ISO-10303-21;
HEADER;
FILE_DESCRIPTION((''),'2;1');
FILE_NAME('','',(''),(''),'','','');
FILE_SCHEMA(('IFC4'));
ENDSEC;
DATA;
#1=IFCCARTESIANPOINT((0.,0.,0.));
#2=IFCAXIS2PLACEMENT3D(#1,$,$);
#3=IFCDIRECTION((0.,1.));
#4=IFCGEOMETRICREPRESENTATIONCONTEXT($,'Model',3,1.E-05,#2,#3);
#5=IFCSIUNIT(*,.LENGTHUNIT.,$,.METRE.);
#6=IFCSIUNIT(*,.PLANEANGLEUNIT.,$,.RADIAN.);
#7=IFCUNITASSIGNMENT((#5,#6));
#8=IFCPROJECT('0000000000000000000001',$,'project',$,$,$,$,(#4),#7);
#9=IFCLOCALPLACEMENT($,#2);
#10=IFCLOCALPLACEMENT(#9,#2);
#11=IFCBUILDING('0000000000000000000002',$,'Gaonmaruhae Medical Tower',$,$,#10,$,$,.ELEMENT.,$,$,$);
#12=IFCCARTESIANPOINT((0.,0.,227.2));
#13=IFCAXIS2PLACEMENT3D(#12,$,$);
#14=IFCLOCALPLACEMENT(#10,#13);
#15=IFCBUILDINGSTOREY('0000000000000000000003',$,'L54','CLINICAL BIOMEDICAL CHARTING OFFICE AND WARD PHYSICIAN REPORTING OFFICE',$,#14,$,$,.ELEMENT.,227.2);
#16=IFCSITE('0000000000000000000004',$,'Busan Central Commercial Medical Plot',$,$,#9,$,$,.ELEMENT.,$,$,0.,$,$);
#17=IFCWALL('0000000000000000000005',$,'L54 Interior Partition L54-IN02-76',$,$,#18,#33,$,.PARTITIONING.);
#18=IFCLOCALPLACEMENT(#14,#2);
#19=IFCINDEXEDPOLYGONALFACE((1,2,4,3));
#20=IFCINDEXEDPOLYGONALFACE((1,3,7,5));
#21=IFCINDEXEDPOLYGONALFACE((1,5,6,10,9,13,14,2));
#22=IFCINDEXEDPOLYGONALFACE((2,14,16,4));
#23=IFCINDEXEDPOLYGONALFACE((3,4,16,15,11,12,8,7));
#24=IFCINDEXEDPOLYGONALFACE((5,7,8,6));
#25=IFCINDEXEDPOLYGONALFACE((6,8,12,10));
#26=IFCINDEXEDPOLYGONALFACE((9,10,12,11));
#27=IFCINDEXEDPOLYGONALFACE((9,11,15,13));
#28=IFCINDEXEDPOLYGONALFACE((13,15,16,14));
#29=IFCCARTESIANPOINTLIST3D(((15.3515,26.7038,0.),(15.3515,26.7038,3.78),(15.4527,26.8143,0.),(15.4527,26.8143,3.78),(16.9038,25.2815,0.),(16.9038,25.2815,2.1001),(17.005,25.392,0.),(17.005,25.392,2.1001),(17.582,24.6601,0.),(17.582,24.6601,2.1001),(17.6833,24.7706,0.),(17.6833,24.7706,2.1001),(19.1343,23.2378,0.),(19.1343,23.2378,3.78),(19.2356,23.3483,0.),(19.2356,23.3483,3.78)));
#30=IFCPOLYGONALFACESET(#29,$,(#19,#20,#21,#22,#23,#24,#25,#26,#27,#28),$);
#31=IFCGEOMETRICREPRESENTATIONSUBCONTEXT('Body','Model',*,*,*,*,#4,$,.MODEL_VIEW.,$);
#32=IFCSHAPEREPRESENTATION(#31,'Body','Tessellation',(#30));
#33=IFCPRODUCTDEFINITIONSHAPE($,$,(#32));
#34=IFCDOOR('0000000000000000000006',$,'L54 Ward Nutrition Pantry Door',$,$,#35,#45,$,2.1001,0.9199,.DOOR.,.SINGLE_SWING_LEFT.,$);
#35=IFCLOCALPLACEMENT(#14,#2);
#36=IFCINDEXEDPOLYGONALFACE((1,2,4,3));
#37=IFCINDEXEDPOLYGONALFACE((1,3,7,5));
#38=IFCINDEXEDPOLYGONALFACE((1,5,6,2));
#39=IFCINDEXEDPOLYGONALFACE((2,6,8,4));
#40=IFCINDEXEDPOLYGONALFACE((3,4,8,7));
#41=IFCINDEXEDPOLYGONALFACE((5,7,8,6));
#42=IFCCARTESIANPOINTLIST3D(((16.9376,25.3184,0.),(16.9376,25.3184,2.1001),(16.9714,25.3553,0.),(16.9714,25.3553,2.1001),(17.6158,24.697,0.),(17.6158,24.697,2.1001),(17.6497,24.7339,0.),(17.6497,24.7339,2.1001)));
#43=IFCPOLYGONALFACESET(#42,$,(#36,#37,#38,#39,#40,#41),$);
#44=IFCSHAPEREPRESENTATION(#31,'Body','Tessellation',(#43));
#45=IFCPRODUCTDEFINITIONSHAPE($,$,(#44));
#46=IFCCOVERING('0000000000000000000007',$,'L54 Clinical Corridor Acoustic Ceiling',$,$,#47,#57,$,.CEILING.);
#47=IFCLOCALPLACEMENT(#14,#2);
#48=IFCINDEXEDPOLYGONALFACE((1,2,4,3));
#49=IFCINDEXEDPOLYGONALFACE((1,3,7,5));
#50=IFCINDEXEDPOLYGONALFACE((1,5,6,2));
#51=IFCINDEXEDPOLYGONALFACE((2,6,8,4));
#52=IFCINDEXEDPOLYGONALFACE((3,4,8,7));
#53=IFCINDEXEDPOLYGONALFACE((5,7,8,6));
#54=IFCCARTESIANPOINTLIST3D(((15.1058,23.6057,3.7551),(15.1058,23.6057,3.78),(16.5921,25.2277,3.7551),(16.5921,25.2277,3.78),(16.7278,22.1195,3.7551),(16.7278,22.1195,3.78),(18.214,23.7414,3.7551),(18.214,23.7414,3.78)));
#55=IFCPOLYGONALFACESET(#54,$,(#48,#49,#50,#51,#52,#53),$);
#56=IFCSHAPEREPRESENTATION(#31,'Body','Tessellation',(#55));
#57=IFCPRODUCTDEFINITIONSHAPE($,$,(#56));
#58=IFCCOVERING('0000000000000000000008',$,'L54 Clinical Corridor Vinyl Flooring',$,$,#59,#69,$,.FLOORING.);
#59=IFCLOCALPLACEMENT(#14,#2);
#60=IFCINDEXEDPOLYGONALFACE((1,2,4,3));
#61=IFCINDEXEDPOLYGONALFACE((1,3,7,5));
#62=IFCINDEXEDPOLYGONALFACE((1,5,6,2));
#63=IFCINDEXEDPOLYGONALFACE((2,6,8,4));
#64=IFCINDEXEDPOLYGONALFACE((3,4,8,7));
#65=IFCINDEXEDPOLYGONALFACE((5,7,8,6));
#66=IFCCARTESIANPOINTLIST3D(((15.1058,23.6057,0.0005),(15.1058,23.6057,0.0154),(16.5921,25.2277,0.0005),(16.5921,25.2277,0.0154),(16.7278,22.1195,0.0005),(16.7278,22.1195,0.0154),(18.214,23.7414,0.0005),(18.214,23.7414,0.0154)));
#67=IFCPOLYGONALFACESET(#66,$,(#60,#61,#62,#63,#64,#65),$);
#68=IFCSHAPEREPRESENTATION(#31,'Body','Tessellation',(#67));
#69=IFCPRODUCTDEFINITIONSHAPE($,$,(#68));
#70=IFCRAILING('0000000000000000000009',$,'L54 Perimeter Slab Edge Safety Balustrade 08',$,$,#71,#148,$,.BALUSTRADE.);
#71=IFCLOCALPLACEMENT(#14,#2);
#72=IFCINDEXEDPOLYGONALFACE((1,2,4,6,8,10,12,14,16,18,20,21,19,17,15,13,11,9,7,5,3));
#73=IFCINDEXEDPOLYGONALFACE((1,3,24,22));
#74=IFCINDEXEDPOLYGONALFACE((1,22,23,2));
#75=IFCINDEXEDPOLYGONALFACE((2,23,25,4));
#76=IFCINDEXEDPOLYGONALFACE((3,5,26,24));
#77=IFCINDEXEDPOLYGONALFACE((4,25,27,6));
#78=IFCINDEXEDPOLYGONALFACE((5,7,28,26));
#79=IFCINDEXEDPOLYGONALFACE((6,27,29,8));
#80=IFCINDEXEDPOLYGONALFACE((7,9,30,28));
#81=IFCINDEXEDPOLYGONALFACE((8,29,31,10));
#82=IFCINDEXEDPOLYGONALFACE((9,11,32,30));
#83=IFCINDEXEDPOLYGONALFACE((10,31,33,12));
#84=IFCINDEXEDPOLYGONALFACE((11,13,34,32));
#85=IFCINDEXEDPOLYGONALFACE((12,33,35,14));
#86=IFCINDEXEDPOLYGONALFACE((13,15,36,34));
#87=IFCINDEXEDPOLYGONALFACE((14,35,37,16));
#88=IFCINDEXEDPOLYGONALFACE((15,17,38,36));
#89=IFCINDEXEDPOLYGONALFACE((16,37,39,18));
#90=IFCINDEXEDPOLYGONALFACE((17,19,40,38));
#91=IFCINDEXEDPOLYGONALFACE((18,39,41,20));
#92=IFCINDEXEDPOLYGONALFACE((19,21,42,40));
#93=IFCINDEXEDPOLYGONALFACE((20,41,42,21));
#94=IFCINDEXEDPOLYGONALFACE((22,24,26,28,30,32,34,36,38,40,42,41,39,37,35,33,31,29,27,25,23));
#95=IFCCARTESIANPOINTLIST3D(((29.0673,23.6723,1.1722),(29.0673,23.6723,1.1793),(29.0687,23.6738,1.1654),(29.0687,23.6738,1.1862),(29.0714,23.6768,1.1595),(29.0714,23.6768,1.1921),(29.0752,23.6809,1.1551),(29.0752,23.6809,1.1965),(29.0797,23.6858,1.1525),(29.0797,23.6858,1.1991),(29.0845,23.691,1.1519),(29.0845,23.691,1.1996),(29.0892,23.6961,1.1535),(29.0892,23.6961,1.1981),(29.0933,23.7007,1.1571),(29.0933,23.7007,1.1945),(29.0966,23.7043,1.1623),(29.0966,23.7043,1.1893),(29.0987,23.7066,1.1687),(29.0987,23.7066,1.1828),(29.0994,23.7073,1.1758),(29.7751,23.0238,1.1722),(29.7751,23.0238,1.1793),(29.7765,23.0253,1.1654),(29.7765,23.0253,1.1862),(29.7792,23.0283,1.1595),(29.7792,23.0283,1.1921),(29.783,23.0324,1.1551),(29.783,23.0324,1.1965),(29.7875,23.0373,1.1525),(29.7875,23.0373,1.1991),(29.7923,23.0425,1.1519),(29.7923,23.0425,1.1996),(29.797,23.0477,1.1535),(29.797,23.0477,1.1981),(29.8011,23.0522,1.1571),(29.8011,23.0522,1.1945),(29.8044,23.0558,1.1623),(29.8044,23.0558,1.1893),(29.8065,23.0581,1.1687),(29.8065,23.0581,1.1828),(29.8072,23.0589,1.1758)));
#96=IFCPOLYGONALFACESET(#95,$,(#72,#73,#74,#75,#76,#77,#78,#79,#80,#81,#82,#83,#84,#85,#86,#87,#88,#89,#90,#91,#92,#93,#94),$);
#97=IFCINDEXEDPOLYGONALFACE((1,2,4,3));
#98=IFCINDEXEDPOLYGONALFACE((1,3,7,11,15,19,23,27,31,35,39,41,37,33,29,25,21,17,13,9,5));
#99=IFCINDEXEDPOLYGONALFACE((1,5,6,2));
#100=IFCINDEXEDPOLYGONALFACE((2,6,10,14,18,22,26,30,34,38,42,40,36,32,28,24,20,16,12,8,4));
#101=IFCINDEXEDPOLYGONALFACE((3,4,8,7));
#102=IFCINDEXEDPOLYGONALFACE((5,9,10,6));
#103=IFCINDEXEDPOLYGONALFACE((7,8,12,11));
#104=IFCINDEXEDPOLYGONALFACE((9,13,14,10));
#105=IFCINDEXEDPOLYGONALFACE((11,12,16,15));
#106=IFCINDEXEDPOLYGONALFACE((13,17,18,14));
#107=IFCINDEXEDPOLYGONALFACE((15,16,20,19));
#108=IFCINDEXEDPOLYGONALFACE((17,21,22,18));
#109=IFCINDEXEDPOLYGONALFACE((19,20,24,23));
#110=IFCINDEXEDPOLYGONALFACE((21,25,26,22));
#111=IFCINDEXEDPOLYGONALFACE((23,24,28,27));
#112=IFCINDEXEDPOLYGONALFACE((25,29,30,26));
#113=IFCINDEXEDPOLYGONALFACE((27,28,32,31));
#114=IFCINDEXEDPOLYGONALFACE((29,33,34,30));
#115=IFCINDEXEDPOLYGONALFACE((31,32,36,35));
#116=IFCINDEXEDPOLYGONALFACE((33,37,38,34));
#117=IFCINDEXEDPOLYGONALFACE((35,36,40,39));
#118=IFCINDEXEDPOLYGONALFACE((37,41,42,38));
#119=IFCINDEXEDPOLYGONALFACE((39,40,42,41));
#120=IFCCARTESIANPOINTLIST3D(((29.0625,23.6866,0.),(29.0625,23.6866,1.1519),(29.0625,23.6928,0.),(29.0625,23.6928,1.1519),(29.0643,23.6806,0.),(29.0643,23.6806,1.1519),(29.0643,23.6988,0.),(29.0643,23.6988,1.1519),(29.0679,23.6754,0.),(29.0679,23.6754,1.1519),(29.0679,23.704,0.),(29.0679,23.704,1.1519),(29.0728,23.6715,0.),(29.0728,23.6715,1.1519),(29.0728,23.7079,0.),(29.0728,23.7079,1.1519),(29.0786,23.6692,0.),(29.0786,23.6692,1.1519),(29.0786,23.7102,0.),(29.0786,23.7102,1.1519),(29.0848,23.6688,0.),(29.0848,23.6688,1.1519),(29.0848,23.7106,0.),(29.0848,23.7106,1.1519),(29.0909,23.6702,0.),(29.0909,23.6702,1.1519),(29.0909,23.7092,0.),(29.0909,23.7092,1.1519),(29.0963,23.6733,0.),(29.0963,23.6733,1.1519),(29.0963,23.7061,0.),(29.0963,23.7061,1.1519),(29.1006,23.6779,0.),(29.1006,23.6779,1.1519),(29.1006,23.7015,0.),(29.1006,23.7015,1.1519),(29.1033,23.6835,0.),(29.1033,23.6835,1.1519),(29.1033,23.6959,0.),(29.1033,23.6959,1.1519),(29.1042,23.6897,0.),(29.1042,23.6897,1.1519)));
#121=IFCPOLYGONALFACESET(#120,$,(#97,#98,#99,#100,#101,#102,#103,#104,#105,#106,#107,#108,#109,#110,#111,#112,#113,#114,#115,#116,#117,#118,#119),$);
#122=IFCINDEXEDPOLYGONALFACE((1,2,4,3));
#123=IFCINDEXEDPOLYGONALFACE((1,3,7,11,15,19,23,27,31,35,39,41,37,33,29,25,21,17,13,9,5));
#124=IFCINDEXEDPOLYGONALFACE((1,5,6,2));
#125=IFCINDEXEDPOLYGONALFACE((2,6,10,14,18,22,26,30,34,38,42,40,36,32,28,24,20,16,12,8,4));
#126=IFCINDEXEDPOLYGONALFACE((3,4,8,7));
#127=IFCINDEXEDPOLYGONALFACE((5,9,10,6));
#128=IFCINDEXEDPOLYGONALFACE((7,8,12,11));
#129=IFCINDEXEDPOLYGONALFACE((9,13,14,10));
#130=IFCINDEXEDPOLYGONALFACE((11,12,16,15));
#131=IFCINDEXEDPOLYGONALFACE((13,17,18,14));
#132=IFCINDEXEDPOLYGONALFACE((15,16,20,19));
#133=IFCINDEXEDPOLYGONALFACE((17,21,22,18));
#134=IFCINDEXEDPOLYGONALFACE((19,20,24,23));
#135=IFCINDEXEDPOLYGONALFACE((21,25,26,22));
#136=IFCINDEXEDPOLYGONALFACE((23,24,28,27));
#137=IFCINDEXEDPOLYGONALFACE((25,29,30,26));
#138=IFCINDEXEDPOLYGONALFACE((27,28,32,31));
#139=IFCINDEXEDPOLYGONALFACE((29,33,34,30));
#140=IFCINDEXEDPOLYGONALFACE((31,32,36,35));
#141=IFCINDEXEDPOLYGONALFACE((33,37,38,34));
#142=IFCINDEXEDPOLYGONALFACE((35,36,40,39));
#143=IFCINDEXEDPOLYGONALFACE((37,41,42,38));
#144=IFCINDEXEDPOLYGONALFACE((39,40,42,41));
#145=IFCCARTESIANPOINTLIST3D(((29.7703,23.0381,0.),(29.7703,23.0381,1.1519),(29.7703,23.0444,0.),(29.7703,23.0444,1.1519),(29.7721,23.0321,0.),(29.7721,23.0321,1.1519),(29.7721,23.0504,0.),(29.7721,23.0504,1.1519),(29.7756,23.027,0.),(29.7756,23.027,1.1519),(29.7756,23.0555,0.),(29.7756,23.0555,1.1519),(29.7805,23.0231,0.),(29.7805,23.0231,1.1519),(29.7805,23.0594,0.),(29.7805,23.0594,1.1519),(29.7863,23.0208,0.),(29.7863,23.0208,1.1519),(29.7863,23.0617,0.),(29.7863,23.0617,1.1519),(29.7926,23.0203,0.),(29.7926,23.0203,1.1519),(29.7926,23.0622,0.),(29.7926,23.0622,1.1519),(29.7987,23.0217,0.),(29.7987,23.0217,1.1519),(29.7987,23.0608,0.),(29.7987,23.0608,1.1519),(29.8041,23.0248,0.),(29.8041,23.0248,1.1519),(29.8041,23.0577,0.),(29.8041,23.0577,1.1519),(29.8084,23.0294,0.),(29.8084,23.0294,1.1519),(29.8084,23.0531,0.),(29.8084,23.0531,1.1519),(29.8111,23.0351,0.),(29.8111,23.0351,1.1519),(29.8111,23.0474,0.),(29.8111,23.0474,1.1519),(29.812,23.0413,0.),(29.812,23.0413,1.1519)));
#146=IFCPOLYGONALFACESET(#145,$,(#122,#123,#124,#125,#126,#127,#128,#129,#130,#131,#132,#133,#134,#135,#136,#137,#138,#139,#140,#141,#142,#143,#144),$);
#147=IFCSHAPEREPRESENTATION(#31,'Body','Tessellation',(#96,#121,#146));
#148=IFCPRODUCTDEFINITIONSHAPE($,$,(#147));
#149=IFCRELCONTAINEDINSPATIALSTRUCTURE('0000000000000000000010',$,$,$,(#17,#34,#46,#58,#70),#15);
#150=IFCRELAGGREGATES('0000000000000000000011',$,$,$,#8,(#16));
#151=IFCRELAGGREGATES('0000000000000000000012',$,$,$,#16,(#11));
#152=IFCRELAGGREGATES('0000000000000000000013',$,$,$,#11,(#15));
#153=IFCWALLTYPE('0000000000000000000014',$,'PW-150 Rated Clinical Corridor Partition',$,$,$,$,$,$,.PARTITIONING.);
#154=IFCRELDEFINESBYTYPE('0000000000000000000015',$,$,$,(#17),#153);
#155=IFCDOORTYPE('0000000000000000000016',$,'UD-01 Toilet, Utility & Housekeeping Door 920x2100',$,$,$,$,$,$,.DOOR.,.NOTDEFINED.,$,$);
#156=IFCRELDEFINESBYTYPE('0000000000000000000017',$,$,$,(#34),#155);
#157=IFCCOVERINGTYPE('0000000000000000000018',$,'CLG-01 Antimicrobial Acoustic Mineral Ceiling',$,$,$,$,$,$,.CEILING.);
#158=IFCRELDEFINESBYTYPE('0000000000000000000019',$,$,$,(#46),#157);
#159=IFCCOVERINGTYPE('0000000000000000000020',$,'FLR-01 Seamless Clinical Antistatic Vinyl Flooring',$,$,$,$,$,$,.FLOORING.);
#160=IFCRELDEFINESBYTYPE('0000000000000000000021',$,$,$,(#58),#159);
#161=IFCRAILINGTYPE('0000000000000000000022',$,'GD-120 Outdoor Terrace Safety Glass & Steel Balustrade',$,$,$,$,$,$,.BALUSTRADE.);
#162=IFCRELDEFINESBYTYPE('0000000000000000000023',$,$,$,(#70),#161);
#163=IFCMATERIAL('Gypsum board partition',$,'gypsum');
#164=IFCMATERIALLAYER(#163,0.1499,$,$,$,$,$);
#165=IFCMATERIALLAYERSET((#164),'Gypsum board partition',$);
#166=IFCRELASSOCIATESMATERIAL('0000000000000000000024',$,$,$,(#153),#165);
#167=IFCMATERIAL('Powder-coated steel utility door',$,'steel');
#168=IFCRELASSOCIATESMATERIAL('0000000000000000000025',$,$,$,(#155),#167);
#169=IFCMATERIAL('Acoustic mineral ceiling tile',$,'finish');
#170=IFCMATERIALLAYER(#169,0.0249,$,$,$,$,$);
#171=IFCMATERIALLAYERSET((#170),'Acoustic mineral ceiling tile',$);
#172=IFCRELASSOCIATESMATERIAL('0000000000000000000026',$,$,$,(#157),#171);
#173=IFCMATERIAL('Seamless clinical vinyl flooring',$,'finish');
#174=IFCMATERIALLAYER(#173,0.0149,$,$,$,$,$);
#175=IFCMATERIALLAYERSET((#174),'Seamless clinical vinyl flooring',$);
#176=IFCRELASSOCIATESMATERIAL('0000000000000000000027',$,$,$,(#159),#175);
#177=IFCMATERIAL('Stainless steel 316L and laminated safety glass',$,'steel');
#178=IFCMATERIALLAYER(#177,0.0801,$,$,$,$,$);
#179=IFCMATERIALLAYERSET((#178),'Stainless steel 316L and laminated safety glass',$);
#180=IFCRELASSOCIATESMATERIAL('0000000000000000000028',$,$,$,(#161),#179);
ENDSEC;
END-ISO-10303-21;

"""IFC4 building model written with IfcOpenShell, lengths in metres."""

from ifc_helpers import new_model, si_unit, direction, frame, frame_2d, origin, origin_2d, place, context, subcontext, project, spatial, rectangle, circle, extrude, material, layer, layer_set, type_object, element, fill, save


model = new_model("IFC4")

# Units and contexts
model_context = context("Model", 3, precision=1e-05, world=origin(), true_north=direction((0.0, 1.0)))
body_context = subcontext(model_context, "Body", "Model", "MODEL_VIEW")
ifc_project = project(units=[si_unit("LENGTHUNIT", "METRE"), si_unit("PLANEANGLEUNIT", "RADIAN")], contexts=[model_context])

# Site, building, storey
site_placement = place(None, origin())
site = spatial("IfcSite", under=ifc_project, at=site_placement, Name="Busan Central Commercial Medical Plot", CompositionType="ELEMENT", RefElevation=0.0)
building_placement = place(site_placement, origin())
building = spatial("IfcBuilding", under=site, at=building_placement, Name="Gaonmaruhae Medical Tower", CompositionType="ELEMENT")
storey_placement = place(building_placement, frame((0.0, 0.0, 227.2)))
storey = spatial("IfcBuildingStorey", under=building, at=storey_placement, Name="L54", Description="CLINICAL BIOMEDICAL CHARTING OFFICE AND WARD PHYSICIAN REPORTING OFFICE", CompositionType="ELEMENT", Elevation=227.2)

# Shared definitions
ifc_material_1 = material(Name="Gypsum board partition", Category="gypsum")
ifc_layer_1 = layer(ifc_material_1, 0.1499)
ifc_layer_set_1 = layer_set([ifc_layer_1], Name="Gypsum board partition")
wall_type_1 = type_object("IfcWallType", Name="PW-150 Rated Clinical Corridor Partition", PredefinedType="PARTITIONING", material=ifc_layer_set_1)

# Wall, opening, door
wall_1_placement = place(storey_placement, frame((19.1851, 23.293, 0.0), z_axis=(0.0, 0.0, 1.0), x_axis=(-0.737314, 0.67555, 0.0)))
wall_1 = element("IfcWall", 1, at=wall_1_placement, inside=storey, type_object=wall_type_1, Name="L54 Interior Partition L54-IN02-76", PredefinedType="PARTITIONING", context=body_context, shape_type="SweptSolid", body=[
    extrude(rectangle(XDim=5.1306, YDim=0.1499, at=frame_2d((2.5654, 0.0))), origin(), (0.0, 0.0, 1.0), 3.78),
])
opening_1_placement = place(wall_1_placement, frame((2.1055, 0.0, 0.0)))
opening_1 = element("IfcOpeningElement", 2, at=opening_1_placement, cuts=wall_1, PredefinedType="OPENING", context=body_context, shape_type="SweptSolid", body=[
    extrude(rectangle(XDim=0.9199, YDim=2.1001, at=frame_2d((0.46, 1.05))), frame((0.0, 0.085, 0.0), z_axis=(0.0, -1.0, 0.0), x_axis=(1.0, 0.0, 0.0)), (0.0, 0.0, 1.0), 0.1699),
])
ifc_material_2 = material(Name="Powder-coated steel utility door", Category="steel")
door_type_1 = type_object("IfcDoorType", Name="UD-01 Toilet, Utility & Housekeeping Door 920x2100", OperationType="NOTDEFINED", PredefinedType="DOOR", material=ifc_material_2)
door_1_placement = place(opening_1_placement, origin())
door_1 = element("IfcDoor", 3, at=door_1_placement, inside=storey, type_object=door_type_1, Name="L54 Ward Nutrition Pantry Door", OperationType="SINGLE_SWING_LEFT", OverallHeight=2.1001, OverallWidth=0.9199, PredefinedType="DOOR", context=body_context, shape_type="SweptSolid", body=[
    extrude(rectangle(XDim=0.9199, YDim=2.1001, at=frame_2d((0.46, 1.05))), frame((0.0, 0.0249, 0.0), z_axis=(0.0, -1.0, 0.0), x_axis=(1.0, 0.0, 0.0)), (0.0, 0.0, 1.0), 0.05),
])
fill(opening_1, door_1)

# Coverings
ifc_material_3 = material(Name="Acoustic mineral ceiling tile", Category="finish")
ifc_layer_2 = layer(ifc_material_3, 0.0249)
ifc_layer_set_2 = layer_set([ifc_layer_2], Name="Acoustic mineral ceiling tile")
covering_type_1 = type_object("IfcCoveringType", Name="CLG-01 Antimicrobial Acoustic Mineral Ceiling", PredefinedType="CEILING", material=ifc_layer_set_2)
covering_1_placement = place(storey_placement, frame((16.6599, 23.6736, 3.7551), z_axis=(0.0, 0.0, 1.0), x_axis=(0.67559, 0.737277, 0.0)))
element("IfcCovering", 4, at=covering_1_placement, inside=storey, type_object=covering_type_1, Name="L54 Clinical Corridor Acoustic Ceiling", PredefinedType="CEILING", context=body_context, shape_type="SweptSolid", body=[
    extrude(rectangle(XDim=2.2, YDim=2.2, at=origin_2d()), origin(), (0.0, 0.0, 1.0), 0.0249),
])
ifc_material_4 = material(Name="Seamless clinical vinyl flooring", Category="finish")
ifc_layer_3 = layer(ifc_material_4, 0.0149)
ifc_layer_set_3 = layer_set([ifc_layer_3], Name="Seamless clinical vinyl flooring")
covering_type_2 = type_object("IfcCoveringType", Name="FLR-01 Seamless Clinical Antistatic Vinyl Flooring", PredefinedType="FLOORING", material=ifc_layer_set_3)
covering_2_placement = place(storey_placement, frame((16.6599, 23.6736, 0.0005), z_axis=(0.0, 0.0, 1.0), x_axis=(0.67559, 0.737277, 0.0)))
element("IfcCovering", 5, at=covering_2_placement, inside=storey, type_object=covering_type_2, Name="L54 Clinical Corridor Vinyl Flooring", PredefinedType="FLOORING", context=body_context, shape_type="SweptSolid", body=[
    extrude(rectangle(XDim=2.2, YDim=2.2, at=origin_2d()), origin(), (0.0, 0.0, 1.0), 0.0149),
])

# Railing
ifc_material_5 = material(Name="Stainless steel 316L and laminated safety glass", Category="steel")
ifc_layer_4 = layer(ifc_material_5, 0.0801)
ifc_layer_set_4 = layer_set([ifc_layer_4], Name="Stainless steel 316L and laminated safety glass")
railing_type = type_object("IfcRailingType", Name="GD-120 Outdoor Terrace Safety Glass & Steel Balustrade", PredefinedType="BALUSTRADE", material=ifc_layer_set_4)
railing_placement = place(storey_placement, frame((29.0833, 23.6897, 0.0)))
element("IfcRailing", 6, at=railing_placement, inside=storey, type_object=railing_type, Name="L54 Perimeter Slab Edge Safety Balustrade 08", PredefinedType="BALUSTRADE", context=body_context, shape_type="SweptSolid", body=[
    extrude(circle(Radius=0.0239, at=origin_2d()), frame((0.0, 0.0, 1.1758), z_axis=(0.737334, -0.675529, 0.0), x_axis=(0.675529, 0.737334, 0.0)), (0.0, 0.0, 1.0), 0.96),
    extrude(circle(Radius=0.021, at=origin_2d()), origin(), (0.0, 0.0, 1.0), 1.1519),
    extrude(circle(Radius=0.021, at=origin_2d()), frame((0.7078, -0.6484, 0.0)), (0.0, 0.0, 1.0), 1.1519),
])

save(model, "model.ifc")
